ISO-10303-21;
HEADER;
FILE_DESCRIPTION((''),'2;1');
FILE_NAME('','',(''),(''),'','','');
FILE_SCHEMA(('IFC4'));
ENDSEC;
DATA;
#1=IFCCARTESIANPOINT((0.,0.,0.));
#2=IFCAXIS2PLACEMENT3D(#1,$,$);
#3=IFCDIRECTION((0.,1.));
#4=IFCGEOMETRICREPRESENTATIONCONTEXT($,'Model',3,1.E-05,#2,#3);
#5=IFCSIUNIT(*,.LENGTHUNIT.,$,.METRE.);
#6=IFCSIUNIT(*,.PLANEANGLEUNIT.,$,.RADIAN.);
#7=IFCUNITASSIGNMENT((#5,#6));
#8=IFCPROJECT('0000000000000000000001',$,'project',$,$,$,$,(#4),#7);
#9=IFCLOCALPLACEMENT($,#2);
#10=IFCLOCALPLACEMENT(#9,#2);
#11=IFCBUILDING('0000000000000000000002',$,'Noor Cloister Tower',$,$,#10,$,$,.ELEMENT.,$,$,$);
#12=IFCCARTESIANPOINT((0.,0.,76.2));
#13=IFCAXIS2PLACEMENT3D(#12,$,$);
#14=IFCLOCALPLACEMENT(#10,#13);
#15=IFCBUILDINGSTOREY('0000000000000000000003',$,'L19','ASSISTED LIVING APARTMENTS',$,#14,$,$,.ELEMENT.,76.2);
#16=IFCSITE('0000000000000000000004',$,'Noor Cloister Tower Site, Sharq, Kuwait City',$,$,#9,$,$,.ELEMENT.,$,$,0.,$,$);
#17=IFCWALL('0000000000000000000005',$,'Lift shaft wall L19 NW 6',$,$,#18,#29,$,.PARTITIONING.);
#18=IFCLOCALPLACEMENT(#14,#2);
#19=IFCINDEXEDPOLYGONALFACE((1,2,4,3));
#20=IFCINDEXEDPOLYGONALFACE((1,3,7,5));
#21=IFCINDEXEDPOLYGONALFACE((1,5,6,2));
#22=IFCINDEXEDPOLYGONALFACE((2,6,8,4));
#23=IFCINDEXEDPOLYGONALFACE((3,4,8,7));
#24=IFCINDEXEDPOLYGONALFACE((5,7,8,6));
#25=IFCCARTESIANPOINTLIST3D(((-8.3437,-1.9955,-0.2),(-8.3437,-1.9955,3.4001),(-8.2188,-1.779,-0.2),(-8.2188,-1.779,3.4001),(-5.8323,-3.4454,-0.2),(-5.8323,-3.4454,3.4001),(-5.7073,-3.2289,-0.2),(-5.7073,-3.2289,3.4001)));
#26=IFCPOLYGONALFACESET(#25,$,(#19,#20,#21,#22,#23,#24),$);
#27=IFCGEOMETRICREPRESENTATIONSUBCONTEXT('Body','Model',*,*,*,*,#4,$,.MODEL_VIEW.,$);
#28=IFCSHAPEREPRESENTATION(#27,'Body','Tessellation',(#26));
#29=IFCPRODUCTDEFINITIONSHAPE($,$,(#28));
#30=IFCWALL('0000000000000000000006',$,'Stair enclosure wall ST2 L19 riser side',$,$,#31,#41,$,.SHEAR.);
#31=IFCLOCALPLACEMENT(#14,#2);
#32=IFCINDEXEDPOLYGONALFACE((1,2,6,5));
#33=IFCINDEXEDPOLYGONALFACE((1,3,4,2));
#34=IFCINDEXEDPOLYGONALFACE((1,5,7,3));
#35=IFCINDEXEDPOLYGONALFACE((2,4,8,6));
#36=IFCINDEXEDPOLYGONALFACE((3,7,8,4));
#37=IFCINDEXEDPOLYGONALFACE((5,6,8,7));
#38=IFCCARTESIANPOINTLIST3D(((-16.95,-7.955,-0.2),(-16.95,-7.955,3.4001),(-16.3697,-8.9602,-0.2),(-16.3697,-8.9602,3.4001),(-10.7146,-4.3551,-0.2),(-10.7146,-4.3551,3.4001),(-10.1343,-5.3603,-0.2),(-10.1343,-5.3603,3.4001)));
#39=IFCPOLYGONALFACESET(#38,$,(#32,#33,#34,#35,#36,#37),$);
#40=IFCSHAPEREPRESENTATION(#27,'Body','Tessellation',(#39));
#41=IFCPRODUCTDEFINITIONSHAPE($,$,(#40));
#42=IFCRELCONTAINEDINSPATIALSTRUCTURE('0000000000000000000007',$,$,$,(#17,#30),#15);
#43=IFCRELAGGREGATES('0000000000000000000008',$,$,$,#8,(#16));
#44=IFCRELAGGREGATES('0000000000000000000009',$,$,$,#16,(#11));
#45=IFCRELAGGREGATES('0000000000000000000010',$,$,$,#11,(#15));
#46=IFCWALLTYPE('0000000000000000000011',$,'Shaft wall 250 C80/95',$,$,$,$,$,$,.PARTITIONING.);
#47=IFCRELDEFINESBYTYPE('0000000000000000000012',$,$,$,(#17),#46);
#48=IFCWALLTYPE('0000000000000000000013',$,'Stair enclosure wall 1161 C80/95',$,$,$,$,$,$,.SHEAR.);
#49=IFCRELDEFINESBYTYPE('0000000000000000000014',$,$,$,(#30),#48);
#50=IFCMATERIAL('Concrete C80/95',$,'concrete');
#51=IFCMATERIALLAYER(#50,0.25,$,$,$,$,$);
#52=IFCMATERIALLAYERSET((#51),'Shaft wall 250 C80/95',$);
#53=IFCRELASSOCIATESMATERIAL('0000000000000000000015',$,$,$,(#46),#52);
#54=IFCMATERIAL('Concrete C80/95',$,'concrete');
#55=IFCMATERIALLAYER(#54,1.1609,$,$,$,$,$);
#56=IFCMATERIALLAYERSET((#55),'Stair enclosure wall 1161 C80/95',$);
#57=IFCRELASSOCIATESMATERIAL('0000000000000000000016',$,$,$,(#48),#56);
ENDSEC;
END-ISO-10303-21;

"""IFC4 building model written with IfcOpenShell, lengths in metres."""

from ifc_helpers import new_model, si_unit, direction, frame, frame_2d, origin, place, context, subcontext, project, spatial, rectangle, extrude, material, layer, layer_set, type_object, element, save


model = new_model("IFC4")

# Units and contexts
model_context = context("Model", 3, precision=1e-05, world=origin(), true_north=direction((0.0, 1.0)))
body_context = subcontext(model_context, "Body", "Model", "MODEL_VIEW")
ifc_project = project(units=[si_unit("LENGTHUNIT", "METRE"), si_unit("PLANEANGLEUNIT", "RADIAN")], contexts=[model_context])

# Site, building, storey
site_placement = place(None, origin())
site = spatial("IfcSite", under=ifc_project, at=site_placement, Name="Noor Cloister Tower Site, Sharq, Kuwait City", CompositionType="ELEMENT", RefElevation=0.0)
building_placement = place(site_placement, origin())
building = spatial("IfcBuilding", under=site, at=building_placement, Name="Noor Cloister Tower", CompositionType="ELEMENT")
storey_placement = place(building_placement, frame((0.0, 0.0, 76.2)))
storey = spatial("IfcBuildingStorey", under=building, at=storey_placement, Name="L19", Description="ASSISTED LIVING APARTMENTS", CompositionType="ELEMENT", Elevation=76.2)

# Walls
ifc_material_1 = material(Name="Concrete C80/95", Category="concrete")
ifc_layer_1 = layer(ifc_material_1, 0.25)
ifc_layer_set_1 = layer_set([ifc_layer_1], Name="Shaft wall 250 C80/95")
wall_type_1 = type_object("IfcWallType", Name="Shaft wall 250 C80/95", PredefinedType="PARTITIONING", material=ifc_layer_set_1)
wall_1_placement = place(storey_placement, frame((-8.2812, -1.8872, -0.2), z_axis=(0.0, 0.0, 1.0), x_axis=(0.866033, -0.499987, 0.0)))
element("IfcWall", 1, at=wall_1_placement, inside=storey, type_object=wall_type_1, Name="Lift shaft wall L19 NW 6", PredefinedType="PARTITIONING", context=body_context, shape_type="SweptSolid", body=[
    extrude(rectangle(XDim=2.8999, YDim=0.25, at=frame_2d((1.45, 0.0))), origin(), (0.0, 0.0, 1.0), 3.6001),
])
ifc_material_2 = material(Name="Concrete C80/95", Category="concrete")
ifc_layer_2 = layer(ifc_material_2, 1.1609)
ifc_layer_set_2 = layer_set([ifc_layer_2], Name="Stair enclosure wall 1161 C80/95")
wall_type_2 = type_object("IfcWallType", Name="Stair enclosure wall 1161 C80/95", PredefinedType="SHEAR", material=ifc_layer_set_2)
wall_2_placement = place(storey_placement, frame((-10.4243, -4.8577, -0.2), z_axis=(0.0, 0.0, 1.0), x_axis=(-0.866033, -0.499987, 0.0)))
element("IfcWall", 2, at=wall_2_placement, inside=storey, type_object=wall_type_2, Name="Stair enclosure wall ST2 L19 riser side", PredefinedType="SHEAR", context=body_context, shape_type="SweptSolid", body=[
    extrude(rectangle(XDim=7.2, YDim=1.1606, at=frame_2d((3.6001, 0.0))), origin(), (0.0, 0.0, 1.0), 3.6001),
])

save(model, "model.ifc")
